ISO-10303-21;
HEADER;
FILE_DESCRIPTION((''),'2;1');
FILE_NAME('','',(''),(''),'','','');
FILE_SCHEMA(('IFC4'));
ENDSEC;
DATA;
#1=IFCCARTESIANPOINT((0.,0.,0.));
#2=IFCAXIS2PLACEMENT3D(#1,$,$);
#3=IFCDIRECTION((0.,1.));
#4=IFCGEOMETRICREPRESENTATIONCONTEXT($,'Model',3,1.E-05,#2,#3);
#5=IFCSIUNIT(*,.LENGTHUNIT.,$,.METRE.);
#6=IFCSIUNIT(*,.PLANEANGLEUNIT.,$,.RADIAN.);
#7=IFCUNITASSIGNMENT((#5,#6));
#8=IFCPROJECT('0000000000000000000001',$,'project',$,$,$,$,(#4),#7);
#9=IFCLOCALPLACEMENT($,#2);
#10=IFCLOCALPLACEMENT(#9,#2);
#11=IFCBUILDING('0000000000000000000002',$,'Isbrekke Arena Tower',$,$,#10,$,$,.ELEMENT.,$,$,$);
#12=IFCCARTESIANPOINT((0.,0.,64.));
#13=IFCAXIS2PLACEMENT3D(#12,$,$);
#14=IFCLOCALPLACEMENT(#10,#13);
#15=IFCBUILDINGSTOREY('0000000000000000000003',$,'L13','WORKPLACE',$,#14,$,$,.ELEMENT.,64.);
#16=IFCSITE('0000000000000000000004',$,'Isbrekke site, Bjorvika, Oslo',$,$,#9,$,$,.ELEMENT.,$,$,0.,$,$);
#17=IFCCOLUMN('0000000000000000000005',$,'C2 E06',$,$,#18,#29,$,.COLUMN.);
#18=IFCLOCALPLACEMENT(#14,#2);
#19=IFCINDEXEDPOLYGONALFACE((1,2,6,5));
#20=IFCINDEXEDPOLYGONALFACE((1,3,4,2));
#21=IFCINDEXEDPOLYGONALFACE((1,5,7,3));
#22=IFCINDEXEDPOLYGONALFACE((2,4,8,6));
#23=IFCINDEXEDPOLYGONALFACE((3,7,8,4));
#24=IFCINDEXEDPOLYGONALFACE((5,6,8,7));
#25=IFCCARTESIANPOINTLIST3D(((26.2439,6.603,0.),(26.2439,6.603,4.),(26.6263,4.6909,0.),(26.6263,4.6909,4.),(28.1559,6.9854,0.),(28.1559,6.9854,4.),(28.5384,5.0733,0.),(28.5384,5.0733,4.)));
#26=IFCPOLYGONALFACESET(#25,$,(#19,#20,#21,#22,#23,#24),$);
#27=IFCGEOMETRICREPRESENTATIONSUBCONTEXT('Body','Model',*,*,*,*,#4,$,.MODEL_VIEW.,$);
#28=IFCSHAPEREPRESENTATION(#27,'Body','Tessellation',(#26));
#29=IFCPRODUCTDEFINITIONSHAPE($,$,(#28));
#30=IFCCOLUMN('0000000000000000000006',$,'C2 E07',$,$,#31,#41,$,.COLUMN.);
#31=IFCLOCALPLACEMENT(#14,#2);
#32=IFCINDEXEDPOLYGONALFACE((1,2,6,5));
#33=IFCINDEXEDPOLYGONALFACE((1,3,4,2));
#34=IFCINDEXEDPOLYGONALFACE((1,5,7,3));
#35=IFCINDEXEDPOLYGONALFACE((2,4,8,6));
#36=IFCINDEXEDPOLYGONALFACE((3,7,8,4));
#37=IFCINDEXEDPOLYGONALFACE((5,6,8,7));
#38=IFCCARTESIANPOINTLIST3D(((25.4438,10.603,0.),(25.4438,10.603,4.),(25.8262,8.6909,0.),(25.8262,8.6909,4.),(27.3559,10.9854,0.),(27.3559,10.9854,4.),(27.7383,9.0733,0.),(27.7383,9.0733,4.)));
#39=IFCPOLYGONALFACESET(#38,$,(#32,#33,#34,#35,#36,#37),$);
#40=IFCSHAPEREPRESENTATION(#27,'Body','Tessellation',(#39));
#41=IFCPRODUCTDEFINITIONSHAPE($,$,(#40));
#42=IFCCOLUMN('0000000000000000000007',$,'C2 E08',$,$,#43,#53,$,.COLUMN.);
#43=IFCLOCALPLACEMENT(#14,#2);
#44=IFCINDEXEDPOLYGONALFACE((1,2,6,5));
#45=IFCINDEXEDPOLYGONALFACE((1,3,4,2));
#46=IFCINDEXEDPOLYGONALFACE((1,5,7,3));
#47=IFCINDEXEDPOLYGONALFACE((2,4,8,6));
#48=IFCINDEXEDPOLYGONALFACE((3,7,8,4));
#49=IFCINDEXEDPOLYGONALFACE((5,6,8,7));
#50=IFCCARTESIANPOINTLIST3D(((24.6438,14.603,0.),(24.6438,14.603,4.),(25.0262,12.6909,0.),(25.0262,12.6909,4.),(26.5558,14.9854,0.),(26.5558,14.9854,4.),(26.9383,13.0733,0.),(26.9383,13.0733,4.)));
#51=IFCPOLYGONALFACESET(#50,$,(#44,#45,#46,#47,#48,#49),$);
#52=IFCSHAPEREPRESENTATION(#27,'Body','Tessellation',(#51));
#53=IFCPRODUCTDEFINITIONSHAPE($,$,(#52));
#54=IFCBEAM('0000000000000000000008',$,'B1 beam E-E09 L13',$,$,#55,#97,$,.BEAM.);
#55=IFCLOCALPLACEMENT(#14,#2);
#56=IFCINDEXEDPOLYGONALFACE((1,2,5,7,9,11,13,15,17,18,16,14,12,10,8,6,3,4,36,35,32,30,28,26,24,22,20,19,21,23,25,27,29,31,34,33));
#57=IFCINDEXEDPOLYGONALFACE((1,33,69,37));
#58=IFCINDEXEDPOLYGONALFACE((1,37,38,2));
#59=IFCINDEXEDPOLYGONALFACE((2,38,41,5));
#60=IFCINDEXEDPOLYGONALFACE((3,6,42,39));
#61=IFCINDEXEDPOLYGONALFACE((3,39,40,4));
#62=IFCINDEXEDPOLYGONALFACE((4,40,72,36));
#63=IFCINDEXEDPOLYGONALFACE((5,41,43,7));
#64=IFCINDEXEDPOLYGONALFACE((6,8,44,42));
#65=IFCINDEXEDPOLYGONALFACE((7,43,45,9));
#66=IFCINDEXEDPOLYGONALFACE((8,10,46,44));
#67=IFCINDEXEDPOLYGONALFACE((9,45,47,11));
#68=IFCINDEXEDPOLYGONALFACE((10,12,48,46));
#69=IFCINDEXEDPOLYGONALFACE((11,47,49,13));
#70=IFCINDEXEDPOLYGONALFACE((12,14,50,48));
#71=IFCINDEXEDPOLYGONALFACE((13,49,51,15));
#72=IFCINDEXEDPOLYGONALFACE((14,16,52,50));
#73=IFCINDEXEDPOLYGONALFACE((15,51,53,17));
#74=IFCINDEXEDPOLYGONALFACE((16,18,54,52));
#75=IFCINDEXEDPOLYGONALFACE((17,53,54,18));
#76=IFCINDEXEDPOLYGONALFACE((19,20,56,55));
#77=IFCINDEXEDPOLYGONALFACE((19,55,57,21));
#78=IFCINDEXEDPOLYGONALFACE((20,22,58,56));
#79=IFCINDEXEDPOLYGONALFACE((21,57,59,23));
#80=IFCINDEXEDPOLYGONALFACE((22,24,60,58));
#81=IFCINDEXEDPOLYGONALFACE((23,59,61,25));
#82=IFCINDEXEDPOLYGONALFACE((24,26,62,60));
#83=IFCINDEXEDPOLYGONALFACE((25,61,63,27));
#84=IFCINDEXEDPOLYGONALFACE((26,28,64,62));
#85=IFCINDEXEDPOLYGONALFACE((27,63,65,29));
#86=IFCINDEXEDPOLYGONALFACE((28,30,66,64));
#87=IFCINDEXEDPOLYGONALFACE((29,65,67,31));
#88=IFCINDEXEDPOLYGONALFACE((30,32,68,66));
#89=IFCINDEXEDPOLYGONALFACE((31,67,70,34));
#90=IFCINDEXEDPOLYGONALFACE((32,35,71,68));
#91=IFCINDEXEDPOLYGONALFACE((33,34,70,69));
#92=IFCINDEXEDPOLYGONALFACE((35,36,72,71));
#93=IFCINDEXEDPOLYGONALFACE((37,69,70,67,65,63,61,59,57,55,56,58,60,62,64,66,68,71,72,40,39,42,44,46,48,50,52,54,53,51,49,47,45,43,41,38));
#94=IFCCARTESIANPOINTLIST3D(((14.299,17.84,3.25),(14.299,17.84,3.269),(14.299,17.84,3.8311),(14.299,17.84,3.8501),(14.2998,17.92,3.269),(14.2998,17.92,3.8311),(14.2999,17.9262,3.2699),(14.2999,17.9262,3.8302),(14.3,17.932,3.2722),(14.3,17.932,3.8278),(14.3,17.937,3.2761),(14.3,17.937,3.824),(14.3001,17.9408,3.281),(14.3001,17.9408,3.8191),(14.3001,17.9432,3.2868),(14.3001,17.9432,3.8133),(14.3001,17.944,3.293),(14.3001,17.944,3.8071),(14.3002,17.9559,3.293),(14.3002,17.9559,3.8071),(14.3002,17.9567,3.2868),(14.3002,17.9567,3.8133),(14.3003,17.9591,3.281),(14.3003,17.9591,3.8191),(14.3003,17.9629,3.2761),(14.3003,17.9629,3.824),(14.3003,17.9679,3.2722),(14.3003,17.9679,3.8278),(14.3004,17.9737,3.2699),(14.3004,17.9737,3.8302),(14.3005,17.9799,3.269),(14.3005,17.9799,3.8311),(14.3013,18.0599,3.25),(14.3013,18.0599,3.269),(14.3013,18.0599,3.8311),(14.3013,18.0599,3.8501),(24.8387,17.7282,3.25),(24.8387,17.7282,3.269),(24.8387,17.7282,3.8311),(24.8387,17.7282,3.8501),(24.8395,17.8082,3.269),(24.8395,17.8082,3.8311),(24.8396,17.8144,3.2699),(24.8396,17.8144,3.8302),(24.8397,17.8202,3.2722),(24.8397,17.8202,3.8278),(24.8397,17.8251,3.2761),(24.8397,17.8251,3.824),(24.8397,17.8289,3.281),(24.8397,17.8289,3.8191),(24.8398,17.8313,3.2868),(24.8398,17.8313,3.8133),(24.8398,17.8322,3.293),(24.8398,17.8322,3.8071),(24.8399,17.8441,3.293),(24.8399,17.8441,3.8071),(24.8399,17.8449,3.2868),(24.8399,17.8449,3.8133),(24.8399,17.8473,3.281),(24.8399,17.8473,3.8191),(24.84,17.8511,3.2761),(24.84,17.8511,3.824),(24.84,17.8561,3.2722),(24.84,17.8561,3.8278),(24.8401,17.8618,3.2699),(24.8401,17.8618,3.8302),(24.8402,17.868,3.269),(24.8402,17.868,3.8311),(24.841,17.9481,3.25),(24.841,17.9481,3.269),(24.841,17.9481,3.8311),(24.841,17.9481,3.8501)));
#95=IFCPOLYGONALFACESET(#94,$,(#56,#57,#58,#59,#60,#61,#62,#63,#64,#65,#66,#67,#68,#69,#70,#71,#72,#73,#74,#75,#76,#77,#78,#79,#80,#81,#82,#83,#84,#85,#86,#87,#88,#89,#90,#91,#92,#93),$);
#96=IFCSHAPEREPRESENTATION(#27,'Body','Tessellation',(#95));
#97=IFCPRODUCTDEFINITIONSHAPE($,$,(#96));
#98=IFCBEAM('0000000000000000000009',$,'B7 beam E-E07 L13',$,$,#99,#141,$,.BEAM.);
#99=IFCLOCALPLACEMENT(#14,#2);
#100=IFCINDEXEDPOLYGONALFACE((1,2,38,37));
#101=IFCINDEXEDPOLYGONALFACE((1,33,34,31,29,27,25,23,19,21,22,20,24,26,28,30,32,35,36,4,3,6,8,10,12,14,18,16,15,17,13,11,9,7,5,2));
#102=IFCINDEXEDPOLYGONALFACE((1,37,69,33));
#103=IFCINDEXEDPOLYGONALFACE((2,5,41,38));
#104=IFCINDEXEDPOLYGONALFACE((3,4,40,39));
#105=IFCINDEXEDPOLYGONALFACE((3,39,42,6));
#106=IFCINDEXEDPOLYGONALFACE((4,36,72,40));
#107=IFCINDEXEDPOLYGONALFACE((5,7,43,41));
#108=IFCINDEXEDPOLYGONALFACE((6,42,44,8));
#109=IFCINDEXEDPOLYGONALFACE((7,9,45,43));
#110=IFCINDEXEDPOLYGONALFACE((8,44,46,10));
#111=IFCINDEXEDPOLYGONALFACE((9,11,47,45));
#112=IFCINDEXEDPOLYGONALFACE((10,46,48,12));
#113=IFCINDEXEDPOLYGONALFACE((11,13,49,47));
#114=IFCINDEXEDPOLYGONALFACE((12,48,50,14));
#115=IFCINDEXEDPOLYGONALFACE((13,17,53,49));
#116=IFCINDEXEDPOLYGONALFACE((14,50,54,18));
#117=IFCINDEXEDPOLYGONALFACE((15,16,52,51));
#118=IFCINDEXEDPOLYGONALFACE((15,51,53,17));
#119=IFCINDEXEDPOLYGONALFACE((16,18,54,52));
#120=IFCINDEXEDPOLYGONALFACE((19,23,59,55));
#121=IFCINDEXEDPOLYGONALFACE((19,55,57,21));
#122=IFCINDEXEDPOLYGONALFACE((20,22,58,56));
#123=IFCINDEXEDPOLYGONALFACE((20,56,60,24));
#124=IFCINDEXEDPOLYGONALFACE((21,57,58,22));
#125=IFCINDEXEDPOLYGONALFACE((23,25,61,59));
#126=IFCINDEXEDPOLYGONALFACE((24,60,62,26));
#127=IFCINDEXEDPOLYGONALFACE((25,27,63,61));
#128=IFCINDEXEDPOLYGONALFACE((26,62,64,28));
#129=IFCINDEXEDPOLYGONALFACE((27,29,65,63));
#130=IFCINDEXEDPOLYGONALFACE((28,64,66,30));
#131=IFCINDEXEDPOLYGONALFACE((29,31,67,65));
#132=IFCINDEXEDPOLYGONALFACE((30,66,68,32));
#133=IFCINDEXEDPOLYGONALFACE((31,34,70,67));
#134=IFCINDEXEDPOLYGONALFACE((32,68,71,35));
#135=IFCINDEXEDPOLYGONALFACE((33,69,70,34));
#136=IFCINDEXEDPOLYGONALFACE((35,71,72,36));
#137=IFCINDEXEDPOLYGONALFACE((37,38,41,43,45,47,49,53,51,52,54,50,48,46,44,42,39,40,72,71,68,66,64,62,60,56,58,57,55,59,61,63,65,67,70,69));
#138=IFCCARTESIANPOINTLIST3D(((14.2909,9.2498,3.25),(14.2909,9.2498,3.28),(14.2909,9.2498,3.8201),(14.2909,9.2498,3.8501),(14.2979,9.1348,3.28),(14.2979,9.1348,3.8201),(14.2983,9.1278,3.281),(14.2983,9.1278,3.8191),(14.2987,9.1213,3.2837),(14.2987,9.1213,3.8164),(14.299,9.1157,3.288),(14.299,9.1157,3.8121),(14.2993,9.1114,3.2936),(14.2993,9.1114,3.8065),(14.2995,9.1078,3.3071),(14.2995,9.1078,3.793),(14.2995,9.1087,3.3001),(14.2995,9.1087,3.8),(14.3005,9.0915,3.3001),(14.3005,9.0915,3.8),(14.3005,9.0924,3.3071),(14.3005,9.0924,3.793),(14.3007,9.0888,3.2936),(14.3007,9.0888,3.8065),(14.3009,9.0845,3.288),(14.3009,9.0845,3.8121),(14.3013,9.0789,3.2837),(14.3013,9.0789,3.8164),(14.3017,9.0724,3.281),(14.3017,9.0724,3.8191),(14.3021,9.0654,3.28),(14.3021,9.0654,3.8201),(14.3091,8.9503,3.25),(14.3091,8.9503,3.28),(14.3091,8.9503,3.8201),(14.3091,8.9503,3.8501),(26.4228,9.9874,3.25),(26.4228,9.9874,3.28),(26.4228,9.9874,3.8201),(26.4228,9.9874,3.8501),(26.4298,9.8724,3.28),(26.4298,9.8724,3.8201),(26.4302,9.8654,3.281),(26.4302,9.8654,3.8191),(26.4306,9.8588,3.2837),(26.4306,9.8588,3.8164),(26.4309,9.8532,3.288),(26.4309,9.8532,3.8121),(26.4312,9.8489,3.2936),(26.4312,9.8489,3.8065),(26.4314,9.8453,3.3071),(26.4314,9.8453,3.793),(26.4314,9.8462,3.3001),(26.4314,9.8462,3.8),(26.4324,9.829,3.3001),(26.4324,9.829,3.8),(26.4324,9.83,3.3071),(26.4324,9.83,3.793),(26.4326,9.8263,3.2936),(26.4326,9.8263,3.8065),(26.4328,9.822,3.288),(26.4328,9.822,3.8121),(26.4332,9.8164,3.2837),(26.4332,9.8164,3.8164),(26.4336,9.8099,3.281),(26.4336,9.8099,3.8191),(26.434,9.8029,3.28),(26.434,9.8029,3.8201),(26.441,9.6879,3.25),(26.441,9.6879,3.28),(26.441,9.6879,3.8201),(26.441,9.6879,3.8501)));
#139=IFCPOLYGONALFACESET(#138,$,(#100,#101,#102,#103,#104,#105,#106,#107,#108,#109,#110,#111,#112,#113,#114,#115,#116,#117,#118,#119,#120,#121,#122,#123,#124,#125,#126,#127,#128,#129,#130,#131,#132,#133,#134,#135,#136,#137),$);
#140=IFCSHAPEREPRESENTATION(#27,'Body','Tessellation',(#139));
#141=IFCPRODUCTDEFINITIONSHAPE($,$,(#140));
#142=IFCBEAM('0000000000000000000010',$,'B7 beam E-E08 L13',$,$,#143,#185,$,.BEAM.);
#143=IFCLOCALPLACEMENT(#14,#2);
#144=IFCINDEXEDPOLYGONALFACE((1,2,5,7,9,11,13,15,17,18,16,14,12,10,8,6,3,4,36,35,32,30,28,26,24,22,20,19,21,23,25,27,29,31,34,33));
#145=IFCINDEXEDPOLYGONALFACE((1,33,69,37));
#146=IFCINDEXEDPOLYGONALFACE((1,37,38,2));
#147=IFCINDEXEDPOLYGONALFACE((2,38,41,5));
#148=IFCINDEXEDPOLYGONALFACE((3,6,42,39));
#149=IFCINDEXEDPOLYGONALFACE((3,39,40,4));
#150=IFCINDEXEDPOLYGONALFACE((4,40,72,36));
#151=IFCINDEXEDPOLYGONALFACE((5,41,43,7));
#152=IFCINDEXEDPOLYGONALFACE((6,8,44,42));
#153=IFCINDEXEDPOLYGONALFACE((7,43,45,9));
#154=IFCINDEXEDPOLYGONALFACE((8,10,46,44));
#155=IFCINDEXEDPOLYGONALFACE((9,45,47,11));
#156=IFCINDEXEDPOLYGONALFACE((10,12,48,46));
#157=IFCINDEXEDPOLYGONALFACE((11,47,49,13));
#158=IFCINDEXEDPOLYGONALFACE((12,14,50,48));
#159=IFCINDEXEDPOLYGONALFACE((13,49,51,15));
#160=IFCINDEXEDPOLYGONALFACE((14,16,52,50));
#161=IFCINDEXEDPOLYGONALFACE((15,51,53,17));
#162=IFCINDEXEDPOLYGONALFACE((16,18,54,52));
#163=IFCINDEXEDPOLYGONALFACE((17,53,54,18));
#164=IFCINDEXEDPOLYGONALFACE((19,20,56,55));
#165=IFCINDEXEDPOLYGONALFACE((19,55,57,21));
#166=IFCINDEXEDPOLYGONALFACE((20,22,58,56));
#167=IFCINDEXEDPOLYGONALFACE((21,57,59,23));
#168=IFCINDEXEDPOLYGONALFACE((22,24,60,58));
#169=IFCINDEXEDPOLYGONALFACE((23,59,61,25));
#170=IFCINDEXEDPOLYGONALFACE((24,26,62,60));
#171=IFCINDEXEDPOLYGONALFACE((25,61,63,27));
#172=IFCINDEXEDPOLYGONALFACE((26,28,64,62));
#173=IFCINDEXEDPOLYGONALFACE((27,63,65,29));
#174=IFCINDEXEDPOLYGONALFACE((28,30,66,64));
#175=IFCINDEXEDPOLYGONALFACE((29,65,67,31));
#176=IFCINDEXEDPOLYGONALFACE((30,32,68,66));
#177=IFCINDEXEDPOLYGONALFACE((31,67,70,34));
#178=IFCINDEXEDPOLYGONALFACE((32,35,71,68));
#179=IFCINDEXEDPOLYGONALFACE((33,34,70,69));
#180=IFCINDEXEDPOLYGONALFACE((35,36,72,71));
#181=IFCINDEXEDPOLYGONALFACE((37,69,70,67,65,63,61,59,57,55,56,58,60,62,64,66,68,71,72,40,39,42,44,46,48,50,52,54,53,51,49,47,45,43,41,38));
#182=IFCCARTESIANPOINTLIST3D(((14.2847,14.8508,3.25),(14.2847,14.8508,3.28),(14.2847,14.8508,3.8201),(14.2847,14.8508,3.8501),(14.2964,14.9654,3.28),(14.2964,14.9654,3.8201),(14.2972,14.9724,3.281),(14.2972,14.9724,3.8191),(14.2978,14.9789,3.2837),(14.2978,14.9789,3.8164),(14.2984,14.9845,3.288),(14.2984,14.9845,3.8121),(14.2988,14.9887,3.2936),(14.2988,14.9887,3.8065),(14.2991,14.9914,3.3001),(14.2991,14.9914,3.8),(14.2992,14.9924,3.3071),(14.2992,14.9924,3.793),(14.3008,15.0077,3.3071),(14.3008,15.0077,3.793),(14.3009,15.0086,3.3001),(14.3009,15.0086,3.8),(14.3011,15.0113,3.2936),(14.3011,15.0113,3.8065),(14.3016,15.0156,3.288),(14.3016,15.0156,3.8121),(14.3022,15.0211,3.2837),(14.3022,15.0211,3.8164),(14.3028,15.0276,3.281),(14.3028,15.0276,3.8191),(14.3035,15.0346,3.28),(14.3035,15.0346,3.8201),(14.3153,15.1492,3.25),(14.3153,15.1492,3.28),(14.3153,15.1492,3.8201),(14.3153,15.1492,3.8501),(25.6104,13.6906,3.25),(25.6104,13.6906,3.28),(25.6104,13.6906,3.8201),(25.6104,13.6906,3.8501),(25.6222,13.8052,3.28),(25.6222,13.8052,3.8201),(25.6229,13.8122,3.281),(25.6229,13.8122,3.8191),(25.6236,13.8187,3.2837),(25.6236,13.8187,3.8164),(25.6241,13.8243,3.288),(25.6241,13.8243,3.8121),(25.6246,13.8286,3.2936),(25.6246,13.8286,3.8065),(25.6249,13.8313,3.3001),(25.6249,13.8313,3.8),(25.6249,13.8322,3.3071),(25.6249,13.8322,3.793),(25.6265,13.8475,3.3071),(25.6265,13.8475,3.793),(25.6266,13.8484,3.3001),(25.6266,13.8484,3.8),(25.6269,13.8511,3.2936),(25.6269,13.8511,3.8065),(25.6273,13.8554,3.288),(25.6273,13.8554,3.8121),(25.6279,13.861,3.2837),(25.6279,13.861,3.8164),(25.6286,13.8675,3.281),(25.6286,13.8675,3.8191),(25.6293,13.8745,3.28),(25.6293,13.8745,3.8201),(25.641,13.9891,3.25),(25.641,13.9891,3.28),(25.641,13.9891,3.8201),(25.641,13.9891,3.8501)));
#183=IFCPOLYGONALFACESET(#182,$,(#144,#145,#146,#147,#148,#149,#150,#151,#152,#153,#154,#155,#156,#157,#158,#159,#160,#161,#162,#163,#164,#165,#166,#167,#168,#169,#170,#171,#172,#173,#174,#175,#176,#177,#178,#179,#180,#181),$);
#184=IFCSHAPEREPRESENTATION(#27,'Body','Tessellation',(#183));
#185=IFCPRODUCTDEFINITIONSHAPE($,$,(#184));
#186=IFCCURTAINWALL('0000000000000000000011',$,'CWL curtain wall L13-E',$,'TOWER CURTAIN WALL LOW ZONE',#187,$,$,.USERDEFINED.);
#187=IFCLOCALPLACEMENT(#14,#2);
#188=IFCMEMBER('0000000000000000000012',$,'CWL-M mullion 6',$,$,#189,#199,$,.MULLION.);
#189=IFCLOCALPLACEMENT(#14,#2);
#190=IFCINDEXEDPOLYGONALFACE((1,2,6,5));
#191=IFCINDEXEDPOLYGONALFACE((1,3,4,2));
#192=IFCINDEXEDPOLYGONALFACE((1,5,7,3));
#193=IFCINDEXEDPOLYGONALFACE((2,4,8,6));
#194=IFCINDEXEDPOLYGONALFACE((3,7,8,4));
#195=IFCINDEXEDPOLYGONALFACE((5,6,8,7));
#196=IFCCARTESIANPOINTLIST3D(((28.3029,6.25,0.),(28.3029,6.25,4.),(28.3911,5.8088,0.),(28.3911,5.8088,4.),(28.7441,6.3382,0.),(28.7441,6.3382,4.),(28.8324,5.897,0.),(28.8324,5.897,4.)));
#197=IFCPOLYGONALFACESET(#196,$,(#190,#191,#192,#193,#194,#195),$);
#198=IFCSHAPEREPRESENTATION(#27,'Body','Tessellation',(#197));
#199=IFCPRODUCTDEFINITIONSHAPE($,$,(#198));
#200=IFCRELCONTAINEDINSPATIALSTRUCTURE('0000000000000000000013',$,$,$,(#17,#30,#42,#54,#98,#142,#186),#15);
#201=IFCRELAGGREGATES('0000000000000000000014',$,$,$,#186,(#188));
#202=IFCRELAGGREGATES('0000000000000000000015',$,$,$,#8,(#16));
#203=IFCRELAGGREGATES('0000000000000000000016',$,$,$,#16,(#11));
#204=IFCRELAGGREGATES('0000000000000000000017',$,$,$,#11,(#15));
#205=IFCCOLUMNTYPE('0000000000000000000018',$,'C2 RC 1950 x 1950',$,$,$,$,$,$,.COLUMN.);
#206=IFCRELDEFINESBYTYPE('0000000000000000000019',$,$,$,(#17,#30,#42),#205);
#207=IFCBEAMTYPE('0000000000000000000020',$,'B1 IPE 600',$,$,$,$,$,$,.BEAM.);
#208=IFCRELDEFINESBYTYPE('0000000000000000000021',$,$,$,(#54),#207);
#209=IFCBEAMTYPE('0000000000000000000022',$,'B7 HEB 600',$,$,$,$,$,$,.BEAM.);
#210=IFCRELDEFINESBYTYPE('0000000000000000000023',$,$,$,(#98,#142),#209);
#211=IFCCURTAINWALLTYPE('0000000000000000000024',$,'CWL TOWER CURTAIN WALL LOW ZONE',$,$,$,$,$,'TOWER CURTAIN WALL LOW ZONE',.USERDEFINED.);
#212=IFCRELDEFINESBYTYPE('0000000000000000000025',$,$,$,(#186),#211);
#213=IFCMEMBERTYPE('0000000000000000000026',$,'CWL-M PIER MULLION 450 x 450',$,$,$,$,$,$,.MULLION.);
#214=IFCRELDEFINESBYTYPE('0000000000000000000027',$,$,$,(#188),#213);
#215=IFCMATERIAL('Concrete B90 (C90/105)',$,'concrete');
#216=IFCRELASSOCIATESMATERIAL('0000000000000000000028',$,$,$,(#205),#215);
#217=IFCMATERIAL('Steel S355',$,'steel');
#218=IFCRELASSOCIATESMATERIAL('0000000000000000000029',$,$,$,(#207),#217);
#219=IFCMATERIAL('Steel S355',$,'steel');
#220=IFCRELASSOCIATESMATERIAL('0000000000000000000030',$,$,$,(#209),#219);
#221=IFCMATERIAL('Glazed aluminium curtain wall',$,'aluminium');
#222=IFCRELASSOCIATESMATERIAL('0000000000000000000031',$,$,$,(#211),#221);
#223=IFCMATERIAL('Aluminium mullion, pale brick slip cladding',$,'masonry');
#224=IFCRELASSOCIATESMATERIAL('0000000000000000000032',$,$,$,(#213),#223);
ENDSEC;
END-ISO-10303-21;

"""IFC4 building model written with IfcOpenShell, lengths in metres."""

from ifc_helpers import new_model, si_unit, direction, frame, origin, origin_2d, place, context, subcontext, project, spatial, rectangle, i_section, extrude, material, material_profile, profile_set, type_object, element, aggregate, save


model = new_model("IFC4")

# Units and contexts
model_context = context("Model", 3, precision=1e-05, world=origin(), true_north=direction((0.0, 1.0)))
body_context = subcontext(model_context, "Body", "Model", "MODEL_VIEW")
ifc_project = project(units=[si_unit("LENGTHUNIT", "METRE"), si_unit("PLANEANGLEUNIT", "RADIAN")], contexts=[model_context])

# Site, building, storey
site_placement = place(None, origin())
site = spatial("IfcSite", under=ifc_project, at=site_placement, Name="Isbrekke site, Bjorvika, Oslo", CompositionType="ELEMENT", RefElevation=0.0)
building_placement = place(site_placement, origin())
building = spatial("IfcBuilding", under=site, at=building_placement, Name="Isbrekke Arena Tower", CompositionType="ELEMENT")
storey_placement = place(building_placement, frame((0.0, 0.0, 64.0)))
storey = spatial("IfcBuildingStorey", under=building, at=storey_placement, Name="L13", Description="WORKPLACE", CompositionType="ELEMENT", Elevation=64.0)

# Columns
ifc_material_1 = material(Name="Concrete B90 (C90/105)", Category="concrete")
ifc_material_profile_1 = material_profile(ifc_material_1, rectangle(XDim=1.95, YDim=1.95, at=origin_2d()), Name="RC 1950x1950")
ifc_profile_set_1 = profile_set([ifc_material_profile_1], Name="Concrete B90 (C90/105)")
column_type = type_object("IfcColumnType", Name="C2 RC 1950 x 1950", PredefinedType="COLUMN", material=ifc_profile_set_1)
for number, where, z_axis, x_axis, name in (
    (1, (27.3911, 5.8381, 0.0), (0.0, 0.0, 1.0), (-0.196116, 0.980581, 0.0), "C2 E06"),
    (2, (26.5911, 9.8381, 0.0), (0.0, 0.0, 1.0), (-0.196116, 0.980581, 0.0), "C2 E07"),
    (3, (25.791, 13.8381, 0.0), (0.0, 0.0, 1.0), (-0.196116, 0.980581, 0.0), "C2 E08"),
):
    element("IfcColumn", number, at=place(storey_placement, frame(where, z_axis=z_axis, x_axis=x_axis)), inside=storey, type_object=column_type, Name=name, PredefinedType="COLUMN", context=body_context, shape_type="SweptSolid", body=[
        extrude(rectangle(XDim=1.95, YDim=1.95, at=origin_2d()), origin(), (0.0, 0.0, 1.0), 4.0),
    ])

# Beams
ifc_material_2 = material(Name="Steel S355", Category="steel")
ifc_material_profile_2 = material_profile(ifc_material_2, i_section(OverallWidth=0.22, OverallDepth=0.6001, WebThickness=0.012, FlangeThickness=0.019, FilletRadius=0.0239, at=origin_2d()), Name="IPE 600")
ifc_profile_set_2 = profile_set([ifc_material_profile_2], Name="Steel S355")
beam_type_1 = type_object("IfcBeamType", Name="B1 IPE 600", PredefinedType="BEAM", material=ifc_profile_set_2)
beam_1_placement = place(storey_placement, frame((24.8398, 17.8381, 3.55), z_axis=(-0.999944, 0.010608, 0.0), x_axis=(-0.010608, -0.999944, 0.0)))
element("IfcBeam", 4, at=beam_1_placement, inside=storey, type_object=beam_type_1, Name="B1 beam E-E09 L13", PredefinedType="BEAM", context=body_context, shape_type="SweptSolid", body=[
    extrude(i_section(OverallWidth=0.22, OverallDepth=0.6001, WebThickness=0.012, FlangeThickness=0.019, FilletRadius=0.0239, at=origin_2d()), origin(), (0.0, 0.0, 1.0), 10.5403),
])
ifc_material_3 = material(Name="Steel S355", Category="steel")
ifc_material_profile_3 = material_profile(ifc_material_3, i_section(OverallWidth=0.3, OverallDepth=0.6001, WebThickness=0.0154, FlangeThickness=0.03, FilletRadius=0.0271, at=origin_2d()), Name="HEB 600")
ifc_profile_set_3 = profile_set([ifc_material_profile_3], Name="Steel S355")
beam_type_2 = type_object("IfcBeamType", Name="B7 HEB 600", PredefinedType="BEAM", material=ifc_profile_set_3)
beam_2_placement = place(storey_placement, frame((26.4319, 9.8376, 3.55), z_axis=(-0.998157, -0.060682, 0.0), x_axis=(0.060682, -0.998157, 0.0)))
element("IfcBeam", 5, at=beam_2_placement, inside=storey, type_object=beam_type_2, Name="B7 beam E-E07 L13", PredefinedType="BEAM", context=body_context, shape_type="SweptSolid", body=[
    extrude(i_section(OverallWidth=0.3, OverallDepth=0.6001, WebThickness=0.0154, FlangeThickness=0.03, FilletRadius=0.0271, at=origin_2d()), origin(), (0.0, 0.0, 1.0), 12.1543),
])
beam_3_placement = place(storey_placement, frame((25.6257, 13.8398, 3.55), z_axis=(-0.994794, 0.101903, 0.0), x_axis=(-0.101903, -0.994794, 0.0)))
element("IfcBeam", 6, at=beam_3_placement, inside=storey, type_object=beam_type_2, Name="B7 beam E-E08 L13", PredefinedType="BEAM", context=body_context, shape_type="SweptSolid", body=[
    extrude(i_section(OverallWidth=0.3, OverallDepth=0.6001, WebThickness=0.0154, FlangeThickness=0.03, FilletRadius=0.0271, at=origin_2d()), origin(), (0.0, 0.0, 1.0), 11.385),
])

# Curtain wall, member
ifc_material_4 = material(Name="Glazed aluminium curtain wall", Category="aluminium")
curtain_wall_type = type_object("IfcCurtainWallType", Name="CWL TOWER CURTAIN WALL LOW ZONE", ElementType="TOWER CURTAIN WALL LOW ZONE", PredefinedType="USERDEFINED", material=ifc_material_4)
curtain_wall_placement = place(storey_placement, origin())
curtain_wall = element("IfcCurtainWall", 7, at=curtain_wall_placement, inside=storey, type_object=curtain_wall_type, Name="CWL curtain wall L13-E", ObjectType="TOWER CURTAIN WALL LOW ZONE", PredefinedType="USERDEFINED")
ifc_material_5 = material(Name="Aluminium mullion, pale brick slip cladding", Category="masonry")
ifc_material_profile_4 = material_profile(ifc_material_5, rectangle(XDim=0.45, YDim=0.45, at=origin_2d()), Name="PIER 450X450")
ifc_profile_set_4 = profile_set([ifc_material_profile_4], Name="Aluminium mullion, pale brick slip cladding")
member_type_1 = type_object("IfcMemberType", Name="CWL-M PIER MULLION 450 x 450", PredefinedType="MULLION", material=ifc_profile_set_4)
member_1_placement = place(storey_placement, frame((28.5676, 6.0735, 0.0), z_axis=(0.0, 0.0, 1.0), x_axis=(-0.196116, 0.980581, 0.0)))
member_1 = element("IfcMember", 8, at=member_1_placement, type_object=member_type_1, Name="CWL-M mullion 6", PredefinedType="MULLION", context=body_context, shape_type="SweptSolid", body=[
    extrude(rectangle(XDim=0.45, YDim=0.45, at=origin_2d()), origin(), (0.0, 0.0, 1.0), 4.0),
])

aggregate(curtain_wall, [member_1])

save(model, "model.ifc")
